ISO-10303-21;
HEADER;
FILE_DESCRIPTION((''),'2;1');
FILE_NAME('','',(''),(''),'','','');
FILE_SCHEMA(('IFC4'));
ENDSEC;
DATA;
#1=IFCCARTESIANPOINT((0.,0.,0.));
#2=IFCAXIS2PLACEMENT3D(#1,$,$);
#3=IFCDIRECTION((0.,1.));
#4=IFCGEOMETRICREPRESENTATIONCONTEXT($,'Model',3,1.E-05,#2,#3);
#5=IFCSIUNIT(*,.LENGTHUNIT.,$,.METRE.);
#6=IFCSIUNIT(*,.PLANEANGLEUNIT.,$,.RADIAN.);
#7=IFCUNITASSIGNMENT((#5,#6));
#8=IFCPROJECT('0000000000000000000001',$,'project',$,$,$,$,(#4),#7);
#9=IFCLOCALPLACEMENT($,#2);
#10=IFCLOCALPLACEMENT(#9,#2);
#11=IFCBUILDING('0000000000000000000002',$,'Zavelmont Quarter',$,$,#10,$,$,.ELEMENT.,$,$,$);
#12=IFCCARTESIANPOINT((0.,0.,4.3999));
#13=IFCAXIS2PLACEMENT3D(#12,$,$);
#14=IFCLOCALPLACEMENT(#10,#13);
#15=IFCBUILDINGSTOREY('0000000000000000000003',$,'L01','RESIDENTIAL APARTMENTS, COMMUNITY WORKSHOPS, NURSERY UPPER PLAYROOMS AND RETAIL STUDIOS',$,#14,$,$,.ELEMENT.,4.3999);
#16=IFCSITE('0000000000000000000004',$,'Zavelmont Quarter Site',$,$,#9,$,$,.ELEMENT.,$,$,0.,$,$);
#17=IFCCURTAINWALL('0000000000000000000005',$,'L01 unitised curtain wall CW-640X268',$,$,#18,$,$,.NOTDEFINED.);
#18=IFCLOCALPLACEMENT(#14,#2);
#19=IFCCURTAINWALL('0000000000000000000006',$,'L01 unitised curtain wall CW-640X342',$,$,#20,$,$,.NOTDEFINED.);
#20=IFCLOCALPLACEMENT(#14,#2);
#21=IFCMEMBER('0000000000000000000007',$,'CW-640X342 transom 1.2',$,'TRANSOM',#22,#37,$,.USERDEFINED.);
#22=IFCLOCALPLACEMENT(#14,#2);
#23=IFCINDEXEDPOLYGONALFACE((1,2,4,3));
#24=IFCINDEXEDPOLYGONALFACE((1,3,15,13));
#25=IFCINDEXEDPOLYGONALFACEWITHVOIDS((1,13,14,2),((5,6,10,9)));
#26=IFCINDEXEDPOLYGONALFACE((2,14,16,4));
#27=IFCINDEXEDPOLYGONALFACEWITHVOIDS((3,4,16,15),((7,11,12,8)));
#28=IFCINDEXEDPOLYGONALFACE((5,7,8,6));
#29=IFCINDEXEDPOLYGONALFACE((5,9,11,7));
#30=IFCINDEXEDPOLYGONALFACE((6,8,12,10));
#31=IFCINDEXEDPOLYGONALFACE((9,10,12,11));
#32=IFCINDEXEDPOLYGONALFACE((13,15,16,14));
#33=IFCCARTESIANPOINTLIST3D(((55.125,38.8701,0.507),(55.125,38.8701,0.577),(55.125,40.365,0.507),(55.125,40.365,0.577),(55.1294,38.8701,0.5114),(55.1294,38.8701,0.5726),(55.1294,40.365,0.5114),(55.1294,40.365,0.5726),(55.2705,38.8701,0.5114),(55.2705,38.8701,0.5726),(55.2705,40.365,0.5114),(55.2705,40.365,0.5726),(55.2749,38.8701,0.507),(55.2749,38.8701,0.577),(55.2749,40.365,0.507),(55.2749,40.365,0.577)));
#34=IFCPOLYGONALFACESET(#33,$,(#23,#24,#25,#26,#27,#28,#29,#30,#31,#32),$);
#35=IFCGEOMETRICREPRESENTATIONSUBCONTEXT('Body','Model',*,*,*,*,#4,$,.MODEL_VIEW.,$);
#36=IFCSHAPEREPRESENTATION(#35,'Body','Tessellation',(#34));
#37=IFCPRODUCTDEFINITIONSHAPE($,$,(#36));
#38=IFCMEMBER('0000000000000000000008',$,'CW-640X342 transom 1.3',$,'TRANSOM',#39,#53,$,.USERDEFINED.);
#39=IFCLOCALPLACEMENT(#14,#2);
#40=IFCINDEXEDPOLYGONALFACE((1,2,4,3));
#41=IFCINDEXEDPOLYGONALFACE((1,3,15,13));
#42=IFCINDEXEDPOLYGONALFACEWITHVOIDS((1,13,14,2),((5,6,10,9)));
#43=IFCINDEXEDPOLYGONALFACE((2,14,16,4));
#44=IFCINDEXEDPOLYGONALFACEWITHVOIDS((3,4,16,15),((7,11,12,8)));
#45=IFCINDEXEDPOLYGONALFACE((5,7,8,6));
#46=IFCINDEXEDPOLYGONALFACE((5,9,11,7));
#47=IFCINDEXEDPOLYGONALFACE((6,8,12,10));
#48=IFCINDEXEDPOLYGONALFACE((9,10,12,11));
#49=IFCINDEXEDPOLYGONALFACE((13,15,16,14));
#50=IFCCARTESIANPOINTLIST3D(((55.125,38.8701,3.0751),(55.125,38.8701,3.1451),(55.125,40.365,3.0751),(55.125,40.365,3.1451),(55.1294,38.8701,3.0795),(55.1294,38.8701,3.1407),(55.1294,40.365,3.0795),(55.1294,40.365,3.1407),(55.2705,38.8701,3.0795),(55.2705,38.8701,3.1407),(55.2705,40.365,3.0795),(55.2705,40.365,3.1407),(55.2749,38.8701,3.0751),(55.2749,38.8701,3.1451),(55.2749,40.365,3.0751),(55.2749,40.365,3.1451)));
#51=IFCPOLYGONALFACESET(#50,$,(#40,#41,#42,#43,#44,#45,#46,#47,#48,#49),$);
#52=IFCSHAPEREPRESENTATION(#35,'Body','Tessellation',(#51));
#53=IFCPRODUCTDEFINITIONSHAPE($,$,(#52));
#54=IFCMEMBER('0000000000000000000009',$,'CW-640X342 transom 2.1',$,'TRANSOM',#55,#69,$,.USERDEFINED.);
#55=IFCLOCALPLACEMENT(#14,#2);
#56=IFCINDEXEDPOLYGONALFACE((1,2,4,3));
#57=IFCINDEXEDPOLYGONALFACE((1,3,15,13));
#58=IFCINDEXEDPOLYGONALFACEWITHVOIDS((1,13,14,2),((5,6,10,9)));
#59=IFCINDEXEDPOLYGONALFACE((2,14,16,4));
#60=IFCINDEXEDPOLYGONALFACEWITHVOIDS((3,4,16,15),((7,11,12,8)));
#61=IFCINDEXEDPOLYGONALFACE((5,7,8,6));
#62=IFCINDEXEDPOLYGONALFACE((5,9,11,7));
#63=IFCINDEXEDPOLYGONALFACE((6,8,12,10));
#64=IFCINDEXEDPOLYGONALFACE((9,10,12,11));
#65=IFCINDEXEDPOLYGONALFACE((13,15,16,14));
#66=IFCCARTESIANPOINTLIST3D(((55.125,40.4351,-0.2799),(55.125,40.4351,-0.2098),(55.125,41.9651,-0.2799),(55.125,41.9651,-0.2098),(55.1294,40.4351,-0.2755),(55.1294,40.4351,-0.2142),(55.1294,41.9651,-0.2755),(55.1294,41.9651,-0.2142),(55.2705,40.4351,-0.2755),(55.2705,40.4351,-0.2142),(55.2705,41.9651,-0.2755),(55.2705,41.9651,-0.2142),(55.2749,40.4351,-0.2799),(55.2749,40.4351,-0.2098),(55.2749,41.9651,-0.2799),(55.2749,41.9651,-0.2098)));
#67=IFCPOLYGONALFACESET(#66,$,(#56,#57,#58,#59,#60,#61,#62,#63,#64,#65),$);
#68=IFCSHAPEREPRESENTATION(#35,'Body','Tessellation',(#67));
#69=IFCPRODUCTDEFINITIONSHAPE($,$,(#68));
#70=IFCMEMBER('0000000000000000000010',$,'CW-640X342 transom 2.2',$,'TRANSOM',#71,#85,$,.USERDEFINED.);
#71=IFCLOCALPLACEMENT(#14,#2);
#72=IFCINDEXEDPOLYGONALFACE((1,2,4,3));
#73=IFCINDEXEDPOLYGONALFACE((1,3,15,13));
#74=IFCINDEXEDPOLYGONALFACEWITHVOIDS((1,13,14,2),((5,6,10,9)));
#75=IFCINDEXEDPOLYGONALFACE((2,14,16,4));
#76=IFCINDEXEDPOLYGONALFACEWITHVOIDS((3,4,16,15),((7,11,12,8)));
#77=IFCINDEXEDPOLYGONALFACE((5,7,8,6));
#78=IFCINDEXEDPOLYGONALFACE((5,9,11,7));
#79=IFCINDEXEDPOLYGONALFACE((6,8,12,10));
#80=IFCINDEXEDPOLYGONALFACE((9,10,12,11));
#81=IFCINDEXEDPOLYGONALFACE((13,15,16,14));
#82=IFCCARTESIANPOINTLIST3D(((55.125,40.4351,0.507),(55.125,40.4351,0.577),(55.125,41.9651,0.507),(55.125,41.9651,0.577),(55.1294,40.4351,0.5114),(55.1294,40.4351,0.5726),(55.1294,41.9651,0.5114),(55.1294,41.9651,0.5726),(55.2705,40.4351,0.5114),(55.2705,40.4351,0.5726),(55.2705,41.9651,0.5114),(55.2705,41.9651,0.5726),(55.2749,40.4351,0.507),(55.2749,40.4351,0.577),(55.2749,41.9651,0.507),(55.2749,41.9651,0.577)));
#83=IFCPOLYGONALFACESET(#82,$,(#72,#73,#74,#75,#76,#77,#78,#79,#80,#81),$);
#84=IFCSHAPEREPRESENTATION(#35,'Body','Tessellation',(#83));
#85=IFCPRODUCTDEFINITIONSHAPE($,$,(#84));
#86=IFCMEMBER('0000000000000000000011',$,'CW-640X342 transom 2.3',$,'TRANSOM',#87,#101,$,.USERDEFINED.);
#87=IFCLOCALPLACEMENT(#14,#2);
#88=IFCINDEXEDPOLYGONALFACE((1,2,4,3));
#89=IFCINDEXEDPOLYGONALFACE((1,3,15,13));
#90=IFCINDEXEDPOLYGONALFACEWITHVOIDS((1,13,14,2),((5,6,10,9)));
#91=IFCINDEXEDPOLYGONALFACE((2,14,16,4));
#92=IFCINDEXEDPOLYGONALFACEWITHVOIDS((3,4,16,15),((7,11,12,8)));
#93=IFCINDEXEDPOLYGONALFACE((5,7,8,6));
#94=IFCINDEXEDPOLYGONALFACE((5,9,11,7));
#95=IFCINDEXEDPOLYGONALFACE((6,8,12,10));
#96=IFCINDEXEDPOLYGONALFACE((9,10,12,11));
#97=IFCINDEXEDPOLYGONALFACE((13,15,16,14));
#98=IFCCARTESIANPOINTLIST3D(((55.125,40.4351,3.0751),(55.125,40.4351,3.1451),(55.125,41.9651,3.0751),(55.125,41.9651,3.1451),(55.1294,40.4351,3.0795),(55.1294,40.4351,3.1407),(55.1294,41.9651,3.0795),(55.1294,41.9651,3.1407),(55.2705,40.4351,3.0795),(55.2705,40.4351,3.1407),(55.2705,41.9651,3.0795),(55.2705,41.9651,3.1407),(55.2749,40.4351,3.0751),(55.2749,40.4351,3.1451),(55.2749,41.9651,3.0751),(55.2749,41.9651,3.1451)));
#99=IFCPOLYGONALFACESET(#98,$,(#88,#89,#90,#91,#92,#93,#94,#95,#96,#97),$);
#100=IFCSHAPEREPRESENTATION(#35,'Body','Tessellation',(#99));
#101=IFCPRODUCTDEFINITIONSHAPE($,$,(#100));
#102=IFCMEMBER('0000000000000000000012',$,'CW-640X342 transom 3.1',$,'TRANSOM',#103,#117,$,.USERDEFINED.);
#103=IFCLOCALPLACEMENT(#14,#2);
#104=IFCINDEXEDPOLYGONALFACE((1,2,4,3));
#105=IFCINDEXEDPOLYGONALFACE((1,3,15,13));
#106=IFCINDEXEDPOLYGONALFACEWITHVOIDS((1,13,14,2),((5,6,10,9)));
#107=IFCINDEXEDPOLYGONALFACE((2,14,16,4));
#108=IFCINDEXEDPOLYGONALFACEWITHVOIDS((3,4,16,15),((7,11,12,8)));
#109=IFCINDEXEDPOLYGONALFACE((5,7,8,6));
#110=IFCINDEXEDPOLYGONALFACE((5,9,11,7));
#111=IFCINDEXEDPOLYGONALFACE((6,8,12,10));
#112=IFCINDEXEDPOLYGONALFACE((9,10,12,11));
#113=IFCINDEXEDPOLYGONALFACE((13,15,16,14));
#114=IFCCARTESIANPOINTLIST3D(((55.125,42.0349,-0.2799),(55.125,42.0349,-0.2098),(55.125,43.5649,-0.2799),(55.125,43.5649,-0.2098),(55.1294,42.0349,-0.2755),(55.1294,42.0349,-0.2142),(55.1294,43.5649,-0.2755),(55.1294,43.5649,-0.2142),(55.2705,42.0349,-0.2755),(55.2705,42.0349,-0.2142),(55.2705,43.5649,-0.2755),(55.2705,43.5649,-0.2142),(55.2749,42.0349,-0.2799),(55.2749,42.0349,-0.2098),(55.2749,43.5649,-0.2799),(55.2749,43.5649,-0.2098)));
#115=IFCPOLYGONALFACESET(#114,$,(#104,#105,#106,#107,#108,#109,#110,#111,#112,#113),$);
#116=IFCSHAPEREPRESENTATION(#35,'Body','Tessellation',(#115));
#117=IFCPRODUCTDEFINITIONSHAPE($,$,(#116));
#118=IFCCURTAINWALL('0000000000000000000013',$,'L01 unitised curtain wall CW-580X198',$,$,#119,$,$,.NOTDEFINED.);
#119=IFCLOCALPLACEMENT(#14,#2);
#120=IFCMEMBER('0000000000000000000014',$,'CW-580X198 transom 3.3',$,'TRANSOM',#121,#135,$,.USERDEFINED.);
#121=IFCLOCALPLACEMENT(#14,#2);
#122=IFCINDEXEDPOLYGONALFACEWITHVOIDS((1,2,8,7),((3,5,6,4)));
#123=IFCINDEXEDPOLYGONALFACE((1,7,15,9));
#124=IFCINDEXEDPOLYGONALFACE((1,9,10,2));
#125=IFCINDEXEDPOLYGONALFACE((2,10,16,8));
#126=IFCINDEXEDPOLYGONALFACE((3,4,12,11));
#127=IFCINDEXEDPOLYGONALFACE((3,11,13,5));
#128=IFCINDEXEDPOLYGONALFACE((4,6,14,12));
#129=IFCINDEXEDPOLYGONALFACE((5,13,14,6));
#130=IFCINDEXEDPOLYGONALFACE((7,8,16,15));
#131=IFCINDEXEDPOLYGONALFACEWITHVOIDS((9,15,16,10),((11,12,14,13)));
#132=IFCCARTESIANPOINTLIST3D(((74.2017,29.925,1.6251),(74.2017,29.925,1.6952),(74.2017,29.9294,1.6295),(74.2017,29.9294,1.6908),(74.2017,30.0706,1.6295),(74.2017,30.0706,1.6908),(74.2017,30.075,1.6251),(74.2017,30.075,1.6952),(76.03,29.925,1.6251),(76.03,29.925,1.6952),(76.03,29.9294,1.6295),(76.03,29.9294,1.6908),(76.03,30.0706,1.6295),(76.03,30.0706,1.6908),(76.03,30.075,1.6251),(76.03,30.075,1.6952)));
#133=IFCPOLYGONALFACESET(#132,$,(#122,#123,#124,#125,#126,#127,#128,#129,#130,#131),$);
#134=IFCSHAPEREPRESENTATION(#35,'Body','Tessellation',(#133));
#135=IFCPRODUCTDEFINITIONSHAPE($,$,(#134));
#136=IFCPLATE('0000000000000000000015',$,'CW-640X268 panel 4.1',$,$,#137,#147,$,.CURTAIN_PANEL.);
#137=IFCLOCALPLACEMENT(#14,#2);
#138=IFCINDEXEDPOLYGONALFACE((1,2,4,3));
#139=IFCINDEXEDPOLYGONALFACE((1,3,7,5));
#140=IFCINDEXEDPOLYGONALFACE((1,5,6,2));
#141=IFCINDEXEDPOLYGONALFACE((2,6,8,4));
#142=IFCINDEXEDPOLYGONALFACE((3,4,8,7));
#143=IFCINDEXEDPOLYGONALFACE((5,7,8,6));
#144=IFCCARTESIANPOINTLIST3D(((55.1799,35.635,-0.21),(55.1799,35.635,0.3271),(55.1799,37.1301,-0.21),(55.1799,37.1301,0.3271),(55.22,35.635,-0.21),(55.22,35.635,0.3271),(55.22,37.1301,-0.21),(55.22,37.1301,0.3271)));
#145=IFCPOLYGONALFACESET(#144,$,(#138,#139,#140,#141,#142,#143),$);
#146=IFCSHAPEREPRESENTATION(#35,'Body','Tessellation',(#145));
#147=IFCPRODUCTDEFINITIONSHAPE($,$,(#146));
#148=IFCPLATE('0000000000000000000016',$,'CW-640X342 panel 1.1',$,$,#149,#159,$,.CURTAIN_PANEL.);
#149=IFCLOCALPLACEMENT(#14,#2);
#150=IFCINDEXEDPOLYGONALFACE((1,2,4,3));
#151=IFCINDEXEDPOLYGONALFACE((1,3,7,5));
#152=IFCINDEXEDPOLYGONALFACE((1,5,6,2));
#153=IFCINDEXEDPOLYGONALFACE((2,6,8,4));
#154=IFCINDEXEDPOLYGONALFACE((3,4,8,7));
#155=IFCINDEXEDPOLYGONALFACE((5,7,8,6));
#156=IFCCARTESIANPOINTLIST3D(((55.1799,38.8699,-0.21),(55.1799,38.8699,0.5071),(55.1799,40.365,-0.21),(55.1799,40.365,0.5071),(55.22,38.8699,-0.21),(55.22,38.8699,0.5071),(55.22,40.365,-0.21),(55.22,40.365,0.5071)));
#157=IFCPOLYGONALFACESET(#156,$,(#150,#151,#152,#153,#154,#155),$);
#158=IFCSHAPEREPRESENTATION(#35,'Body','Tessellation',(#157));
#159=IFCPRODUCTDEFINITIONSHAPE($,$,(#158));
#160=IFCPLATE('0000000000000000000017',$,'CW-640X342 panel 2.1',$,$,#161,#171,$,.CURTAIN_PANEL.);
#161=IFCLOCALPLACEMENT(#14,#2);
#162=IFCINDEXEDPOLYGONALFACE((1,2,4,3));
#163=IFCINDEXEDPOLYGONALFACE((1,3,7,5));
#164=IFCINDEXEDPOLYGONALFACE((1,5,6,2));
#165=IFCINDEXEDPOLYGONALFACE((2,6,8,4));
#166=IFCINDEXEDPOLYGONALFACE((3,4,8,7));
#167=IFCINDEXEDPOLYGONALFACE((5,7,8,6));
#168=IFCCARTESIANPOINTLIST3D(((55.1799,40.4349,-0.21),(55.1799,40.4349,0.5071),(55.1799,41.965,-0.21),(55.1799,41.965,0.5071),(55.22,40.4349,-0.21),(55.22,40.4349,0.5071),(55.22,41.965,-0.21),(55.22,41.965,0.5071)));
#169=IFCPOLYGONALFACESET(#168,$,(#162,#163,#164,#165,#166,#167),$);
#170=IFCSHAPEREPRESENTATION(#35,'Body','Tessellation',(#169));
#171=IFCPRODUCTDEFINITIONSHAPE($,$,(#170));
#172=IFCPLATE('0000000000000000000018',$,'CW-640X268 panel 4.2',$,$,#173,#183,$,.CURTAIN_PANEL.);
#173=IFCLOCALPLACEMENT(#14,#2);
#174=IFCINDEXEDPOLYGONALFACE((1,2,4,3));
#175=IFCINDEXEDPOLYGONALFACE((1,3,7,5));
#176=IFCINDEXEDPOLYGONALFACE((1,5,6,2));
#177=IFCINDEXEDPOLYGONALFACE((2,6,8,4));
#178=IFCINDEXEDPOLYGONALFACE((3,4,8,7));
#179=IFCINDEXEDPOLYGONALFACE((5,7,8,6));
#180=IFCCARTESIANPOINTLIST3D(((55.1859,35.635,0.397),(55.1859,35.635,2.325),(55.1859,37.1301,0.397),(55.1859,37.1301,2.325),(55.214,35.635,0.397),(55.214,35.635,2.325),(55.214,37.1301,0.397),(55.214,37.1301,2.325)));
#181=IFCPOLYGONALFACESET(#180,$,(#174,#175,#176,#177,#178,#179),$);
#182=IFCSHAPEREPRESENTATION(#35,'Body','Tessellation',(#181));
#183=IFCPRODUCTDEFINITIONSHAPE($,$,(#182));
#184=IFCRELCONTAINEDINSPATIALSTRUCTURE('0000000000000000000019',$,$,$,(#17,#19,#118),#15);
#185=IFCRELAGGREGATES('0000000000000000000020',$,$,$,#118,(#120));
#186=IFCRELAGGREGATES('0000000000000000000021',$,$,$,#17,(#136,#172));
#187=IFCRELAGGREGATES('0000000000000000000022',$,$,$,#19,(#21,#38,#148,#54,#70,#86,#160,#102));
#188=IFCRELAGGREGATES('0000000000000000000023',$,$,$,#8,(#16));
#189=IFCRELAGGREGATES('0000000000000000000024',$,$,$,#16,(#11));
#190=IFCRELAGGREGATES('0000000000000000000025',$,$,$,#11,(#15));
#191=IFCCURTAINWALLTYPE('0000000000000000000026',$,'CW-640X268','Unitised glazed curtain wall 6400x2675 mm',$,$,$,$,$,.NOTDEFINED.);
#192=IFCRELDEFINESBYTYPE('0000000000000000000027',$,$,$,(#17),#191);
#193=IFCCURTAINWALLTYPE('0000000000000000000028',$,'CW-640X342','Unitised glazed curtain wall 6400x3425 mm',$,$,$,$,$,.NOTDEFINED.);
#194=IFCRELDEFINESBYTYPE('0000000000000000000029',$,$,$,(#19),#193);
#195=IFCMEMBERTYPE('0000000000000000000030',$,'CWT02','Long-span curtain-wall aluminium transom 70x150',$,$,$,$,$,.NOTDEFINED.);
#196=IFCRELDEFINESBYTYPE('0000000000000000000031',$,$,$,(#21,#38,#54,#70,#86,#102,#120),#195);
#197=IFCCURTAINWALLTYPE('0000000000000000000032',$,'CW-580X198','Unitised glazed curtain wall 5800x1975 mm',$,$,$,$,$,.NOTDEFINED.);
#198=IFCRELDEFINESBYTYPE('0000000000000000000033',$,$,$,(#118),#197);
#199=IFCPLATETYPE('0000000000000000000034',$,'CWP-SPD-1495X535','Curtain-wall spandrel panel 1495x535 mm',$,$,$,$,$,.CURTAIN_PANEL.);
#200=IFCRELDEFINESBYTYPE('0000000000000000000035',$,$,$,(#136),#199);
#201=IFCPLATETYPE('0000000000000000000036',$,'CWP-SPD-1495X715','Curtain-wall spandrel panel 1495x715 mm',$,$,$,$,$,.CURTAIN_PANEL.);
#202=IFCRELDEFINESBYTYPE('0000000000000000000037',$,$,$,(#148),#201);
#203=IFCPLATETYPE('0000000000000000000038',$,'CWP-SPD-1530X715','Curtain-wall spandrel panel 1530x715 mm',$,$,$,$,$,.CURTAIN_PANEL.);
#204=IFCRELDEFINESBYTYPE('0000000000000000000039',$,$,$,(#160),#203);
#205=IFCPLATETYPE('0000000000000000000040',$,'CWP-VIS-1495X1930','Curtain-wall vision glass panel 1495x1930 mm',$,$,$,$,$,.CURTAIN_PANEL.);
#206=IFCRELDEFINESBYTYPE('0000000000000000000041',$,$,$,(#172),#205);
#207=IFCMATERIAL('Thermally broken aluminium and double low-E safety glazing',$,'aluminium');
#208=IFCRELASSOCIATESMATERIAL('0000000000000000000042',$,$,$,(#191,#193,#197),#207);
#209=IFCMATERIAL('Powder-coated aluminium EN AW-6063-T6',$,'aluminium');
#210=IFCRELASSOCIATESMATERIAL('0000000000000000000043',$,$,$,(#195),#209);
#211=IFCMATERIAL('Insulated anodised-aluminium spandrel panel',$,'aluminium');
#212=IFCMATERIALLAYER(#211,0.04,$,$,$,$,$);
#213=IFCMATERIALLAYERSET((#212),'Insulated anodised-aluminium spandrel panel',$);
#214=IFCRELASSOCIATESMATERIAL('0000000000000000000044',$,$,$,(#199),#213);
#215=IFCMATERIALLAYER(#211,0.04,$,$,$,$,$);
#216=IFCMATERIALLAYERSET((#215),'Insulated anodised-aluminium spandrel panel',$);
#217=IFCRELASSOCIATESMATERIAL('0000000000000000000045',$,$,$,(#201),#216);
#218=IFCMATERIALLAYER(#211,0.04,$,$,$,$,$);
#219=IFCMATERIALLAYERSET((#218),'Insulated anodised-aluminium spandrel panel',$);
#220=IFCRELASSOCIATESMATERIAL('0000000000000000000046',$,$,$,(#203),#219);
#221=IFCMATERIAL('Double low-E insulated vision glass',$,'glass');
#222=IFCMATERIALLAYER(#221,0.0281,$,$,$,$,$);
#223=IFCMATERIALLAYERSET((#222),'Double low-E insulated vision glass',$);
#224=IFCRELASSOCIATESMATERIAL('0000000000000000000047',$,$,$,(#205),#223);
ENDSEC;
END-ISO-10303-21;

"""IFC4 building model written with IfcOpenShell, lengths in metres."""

from ifc_helpers import new_model, si_unit, direction, frame, origin, origin_2d, place, context, subcontext, project, spatial, rectangle, hollow_rectangle, extrude, material, layer, layer_set, material_profile, profile_set, type_object, element, aggregate, save


model = new_model("IFC4")

# Units and contexts
model_context = context("Model", 3, precision=1e-05, world=origin(), true_north=direction((0.0, 1.0)))
body_context = subcontext(model_context, "Body", "Model", "MODEL_VIEW")
ifc_project = project(units=[si_unit("LENGTHUNIT", "METRE"), si_unit("PLANEANGLEUNIT", "RADIAN")], contexts=[model_context])

# Site, building, storey
site_placement = place(None, origin())
site = spatial("IfcSite", under=ifc_project, at=site_placement, Name="Zavelmont Quarter Site", CompositionType="ELEMENT", RefElevation=0.0)
building_placement = place(site_placement, origin())
building = spatial("IfcBuilding", under=site, at=building_placement, Name="Zavelmont Quarter", CompositionType="ELEMENT")
storey_placement = place(building_placement, frame((0.0, 0.0, 4.3999)))
storey = spatial("IfcBuildingStorey", under=building, at=storey_placement, Name="L01", Description="RESIDENTIAL APARTMENTS, COMMUNITY WORKSHOPS, NURSERY UPPER PLAYROOMS AND RETAIL STUDIOS", CompositionType="ELEMENT", Elevation=4.3999)

# Curtain walls
ifc_material_1 = material(Name="Thermally broken aluminium and double low-E safety glazing", Category="aluminium")
curtain_wall_type_1 = type_object("IfcCurtainWallType", Name="CW-640X268", Description="Unitised glazed curtain wall 6400x2675 mm", PredefinedType="NOTDEFINED", material=ifc_material_1)
curtain_wall_1_placement = place(storey_placement, origin())
curtain_wall_1 = element("IfcCurtainWall", 1, at=curtain_wall_1_placement, inside=storey, type_object=curtain_wall_type_1, Name="L01 unitised curtain wall CW-640X268", PredefinedType="NOTDEFINED")
ifc_material_2 = material(Name="Powder-coated aluminium EN AW-6063-T6", Category="aluminium")
curtain_wall_type_2 = type_object("IfcCurtainWallType", Name="CW-640X342", Description="Unitised glazed curtain wall 6400x3425 mm", PredefinedType="NOTDEFINED", material=ifc_material_1)
curtain_wall_2_placement = place(storey_placement, origin())
curtain_wall_2 = element("IfcCurtainWall", 2, at=curtain_wall_2_placement, inside=storey, type_object=curtain_wall_type_2, Name="L01 unitised curtain wall CW-640X342", PredefinedType="NOTDEFINED")

# Members
ifc_material_profile_1 = material_profile(ifc_material_2, hollow_rectangle(XDim=0.1499, YDim=0.0701, WallThickness=0.0044, at=origin_2d()), Name="CWT70X150")
ifc_profile_set_1 = profile_set([ifc_material_profile_1], Name="Powder-coated aluminium EN AW-6063-T6")
member_type_1 = type_object("IfcMemberType", Name="CWT02", Description="Long-span curtain-wall aluminium transom 70x150", PredefinedType="NOTDEFINED", material=ifc_profile_set_1)
member_1_placement = place(storey_placement, frame((55.2, 38.8701, 0.542), z_axis=(0.0, 1.0, 0.0), x_axis=(-1.0, 0.0, 0.0)))
member_1 = element("IfcMember", 3, at=member_1_placement, type_object=member_type_1, Name="CW-640X342 transom 1.2", ObjectType="TRANSOM", PredefinedType="USERDEFINED", context=body_context, shape_type="SweptSolid", body=[
    extrude(hollow_rectangle(XDim=0.1499, YDim=0.0701, WallThickness=0.0044, at=origin_2d()), origin(), (0.0, 0.0, 1.0), 1.4949),
])
member_2_placement = place(storey_placement, frame((55.2, 38.8701, 3.1101), z_axis=(0.0, 1.0, 0.0), x_axis=(-1.0, 0.0, 0.0)))
member_2 = element("IfcMember", 4, at=member_2_placement, type_object=member_type_1, Name="CW-640X342 transom 1.3", ObjectType="TRANSOM", PredefinedType="USERDEFINED", context=body_context, shape_type="SweptSolid", body=[
    extrude(hollow_rectangle(XDim=0.1499, YDim=0.0701, WallThickness=0.0044, at=origin_2d()), origin(), (0.0, 0.0, 1.0), 1.4949),
])
member_3_placement = place(storey_placement, frame((55.2, 40.4351, -0.2449), z_axis=(0.0, 1.0, 0.0), x_axis=(-1.0, 0.0, 0.0)))
member_3 = element("IfcMember", 5, at=member_3_placement, type_object=member_type_1, Name="CW-640X342 transom 2.1", ObjectType="TRANSOM", PredefinedType="USERDEFINED", context=body_context, shape_type="SweptSolid", body=[
    extrude(hollow_rectangle(XDim=0.1499, YDim=0.0701, WallThickness=0.0044, at=origin_2d()), origin(), (0.0, 0.0, 1.0), 1.53),
])
member_4_placement = place(storey_placement, frame((55.2, 40.4351, 0.542), z_axis=(0.0, 1.0, 0.0), x_axis=(-1.0, 0.0, 0.0)))
member_4 = element("IfcMember", 6, at=member_4_placement, type_object=member_type_1, Name="CW-640X342 transom 2.2", ObjectType="TRANSOM", PredefinedType="USERDEFINED", context=body_context, shape_type="SweptSolid", body=[
    extrude(hollow_rectangle(XDim=0.1499, YDim=0.0701, WallThickness=0.0044, at=origin_2d()), origin(), (0.0, 0.0, 1.0), 1.53),
])
member_5_placement = place(storey_placement, frame((55.2, 40.4351, 3.1101), z_axis=(0.0, 1.0, 0.0), x_axis=(-1.0, 0.0, 0.0)))
member_5 = element("IfcMember", 7, at=member_5_placement, type_object=member_type_1, Name="CW-640X342 transom 2.3", ObjectType="TRANSOM", PredefinedType="USERDEFINED", context=body_context, shape_type="SweptSolid", body=[
    extrude(hollow_rectangle(XDim=0.1499, YDim=0.0701, WallThickness=0.0044, at=origin_2d()), origin(), (0.0, 0.0, 1.0), 1.53),
])
member_6_placement = place(storey_placement, frame((55.2, 42.0349, -0.2449), z_axis=(0.0, 1.0, 0.0), x_axis=(-1.0, 0.0, 0.0)))
member_6 = element("IfcMember", 8, at=member_6_placement, type_object=member_type_1, Name="CW-640X342 transom 3.1", ObjectType="TRANSOM", PredefinedType="USERDEFINED", context=body_context, shape_type="SweptSolid", body=[
    extrude(hollow_rectangle(XDim=0.1499, YDim=0.0701, WallThickness=0.0044, at=origin_2d()), origin(), (0.0, 0.0, 1.0), 1.53),
])

# Curtain wall, member
curtain_wall_type_3 = type_object("IfcCurtainWallType", Name="CW-580X198", Description="Unitised glazed curtain wall 5800x1975 mm", PredefinedType="NOTDEFINED", material=ifc_material_1)
curtain_wall_3_placement = place(storey_placement, origin())
curtain_wall_3 = element("IfcCurtainWall", 9, at=curtain_wall_3_placement, inside=storey, type_object=curtain_wall_type_3, Name="L01 unitised curtain wall CW-580X198", PredefinedType="NOTDEFINED")
member_7_placement = place(storey_placement, frame((74.2017, 30.0, 1.6602), z_axis=(1.0, 0.0, 0.0), x_axis=(0.0, 1.0, 0.0)))
member_7 = element("IfcMember", 10, at=member_7_placement, type_object=member_type_1, Name="CW-580X198 transom 3.3", ObjectType="TRANSOM", PredefinedType="USERDEFINED", context=body_context, shape_type="SweptSolid", body=[
    extrude(hollow_rectangle(XDim=0.1499, YDim=0.0701, WallThickness=0.0044, at=origin_2d()), origin(), (0.0, 0.0, 1.0), 1.8284),
])
aggregate(curtain_wall_3, [member_7])

# Plates
ifc_material_3 = material(Name="Insulated anodised-aluminium spandrel panel", Category="aluminium")
ifc_layer_1 = layer(ifc_material_3, 0.04)
ifc_layer_set_1 = layer_set([ifc_layer_1], Name="Insulated anodised-aluminium spandrel panel")
plate_type_1 = type_object("IfcPlateType", Name="CWP-SPD-1495X535", Description="Curtain-wall spandrel panel 1495x535 mm", PredefinedType="CURTAIN_PANEL", material=ifc_layer_set_1)
plate_1_placement = place(storey_placement, frame((55.2, 36.3826, -0.21), z_axis=(0.0, 0.0, 1.0), x_axis=(0.0, 1.0, 0.0)))
plate_1 = element("IfcPlate", 11, at=plate_1_placement, type_object=plate_type_1, Name="CW-640X268 panel 4.1", PredefinedType="CURTAIN_PANEL", context=body_context, shape_type="SweptSolid", body=[
    extrude(rectangle(XDim=1.4951, YDim=0.04, at=origin_2d()), origin(), (0.0, 0.0, 1.0), 0.5371),
])
ifc_layer_2 = layer(ifc_material_3, 0.04)
ifc_layer_set_2 = layer_set([ifc_layer_2], Name="Insulated anodised-aluminium spandrel panel")
plate_type_2 = type_object("IfcPlateType", Name="CWP-SPD-1495X715", Description="Curtain-wall spandrel panel 1495x715 mm", PredefinedType="CURTAIN_PANEL", material=ifc_layer_set_2)
plate_2_placement = place(storey_placement, frame((55.2, 39.6174, -0.21), z_axis=(0.0, 0.0, 1.0), x_axis=(0.0, 1.0, 0.0)))
plate_2 = element("IfcPlate", 12, at=plate_2_placement, type_object=plate_type_2, Name="CW-640X342 panel 1.1", PredefinedType="CURTAIN_PANEL", context=body_context, shape_type="SweptSolid", body=[
    extrude(rectangle(XDim=1.4951, YDim=0.04, at=origin_2d()), origin(), (0.0, 0.0, 1.0), 0.717),
])
ifc_layer_3 = layer(ifc_material_3, 0.04)
ifc_layer_set_3 = layer_set([ifc_layer_3], Name="Insulated anodised-aluminium spandrel panel")
plate_type_3 = type_object("IfcPlateType", Name="CWP-SPD-1530X715", Description="Curtain-wall spandrel panel 1530x715 mm", PredefinedType="CURTAIN_PANEL", material=ifc_layer_set_3)
plate_3_placement = place(storey_placement, frame((55.2, 41.2, -0.21), z_axis=(0.0, 0.0, 1.0), x_axis=(0.0, 1.0, 0.0)))
plate_3 = element("IfcPlate", 13, at=plate_3_placement, type_object=plate_type_3, Name="CW-640X342 panel 2.1", PredefinedType="CURTAIN_PANEL", context=body_context, shape_type="SweptSolid", body=[
    extrude(rectangle(XDim=1.53, YDim=0.04, at=origin_2d()), origin(), (0.0, 0.0, 1.0), 0.717),
])
ifc_material_4 = material(Name="Double low-E insulated vision glass", Category="glass")
ifc_layer_4 = layer(ifc_material_4, 0.0281)
ifc_layer_set_4 = layer_set([ifc_layer_4], Name="Double low-E insulated vision glass")
plate_type_4 = type_object("IfcPlateType", Name="CWP-VIS-1495X1930", Description="Curtain-wall vision glass panel 1495x1930 mm", PredefinedType="CURTAIN_PANEL", material=ifc_layer_set_4)
plate_4_placement = place(storey_placement, frame((55.2, 36.3826, 0.397), z_axis=(0.0, 0.0, 1.0), x_axis=(0.0, 1.0, 0.0)))
plate_4 = element("IfcPlate", 14, at=plate_4_placement, type_object=plate_type_4, Name="CW-640X268 panel 4.2", PredefinedType="CURTAIN_PANEL", context=body_context, shape_type="SweptSolid", body=[
    extrude(rectangle(XDim=1.4951, YDim=0.0281, at=origin_2d()), origin(), (0.0, 0.0, 1.0), 1.928),
])
aggregate(curtain_wall_1, [plate_1, plate_4])
aggregate(curtain_wall_2, [member_1, member_2, plate_2, member_3, member_4, member_5, plate_3, member_6])

save(model, "model.ifc")
